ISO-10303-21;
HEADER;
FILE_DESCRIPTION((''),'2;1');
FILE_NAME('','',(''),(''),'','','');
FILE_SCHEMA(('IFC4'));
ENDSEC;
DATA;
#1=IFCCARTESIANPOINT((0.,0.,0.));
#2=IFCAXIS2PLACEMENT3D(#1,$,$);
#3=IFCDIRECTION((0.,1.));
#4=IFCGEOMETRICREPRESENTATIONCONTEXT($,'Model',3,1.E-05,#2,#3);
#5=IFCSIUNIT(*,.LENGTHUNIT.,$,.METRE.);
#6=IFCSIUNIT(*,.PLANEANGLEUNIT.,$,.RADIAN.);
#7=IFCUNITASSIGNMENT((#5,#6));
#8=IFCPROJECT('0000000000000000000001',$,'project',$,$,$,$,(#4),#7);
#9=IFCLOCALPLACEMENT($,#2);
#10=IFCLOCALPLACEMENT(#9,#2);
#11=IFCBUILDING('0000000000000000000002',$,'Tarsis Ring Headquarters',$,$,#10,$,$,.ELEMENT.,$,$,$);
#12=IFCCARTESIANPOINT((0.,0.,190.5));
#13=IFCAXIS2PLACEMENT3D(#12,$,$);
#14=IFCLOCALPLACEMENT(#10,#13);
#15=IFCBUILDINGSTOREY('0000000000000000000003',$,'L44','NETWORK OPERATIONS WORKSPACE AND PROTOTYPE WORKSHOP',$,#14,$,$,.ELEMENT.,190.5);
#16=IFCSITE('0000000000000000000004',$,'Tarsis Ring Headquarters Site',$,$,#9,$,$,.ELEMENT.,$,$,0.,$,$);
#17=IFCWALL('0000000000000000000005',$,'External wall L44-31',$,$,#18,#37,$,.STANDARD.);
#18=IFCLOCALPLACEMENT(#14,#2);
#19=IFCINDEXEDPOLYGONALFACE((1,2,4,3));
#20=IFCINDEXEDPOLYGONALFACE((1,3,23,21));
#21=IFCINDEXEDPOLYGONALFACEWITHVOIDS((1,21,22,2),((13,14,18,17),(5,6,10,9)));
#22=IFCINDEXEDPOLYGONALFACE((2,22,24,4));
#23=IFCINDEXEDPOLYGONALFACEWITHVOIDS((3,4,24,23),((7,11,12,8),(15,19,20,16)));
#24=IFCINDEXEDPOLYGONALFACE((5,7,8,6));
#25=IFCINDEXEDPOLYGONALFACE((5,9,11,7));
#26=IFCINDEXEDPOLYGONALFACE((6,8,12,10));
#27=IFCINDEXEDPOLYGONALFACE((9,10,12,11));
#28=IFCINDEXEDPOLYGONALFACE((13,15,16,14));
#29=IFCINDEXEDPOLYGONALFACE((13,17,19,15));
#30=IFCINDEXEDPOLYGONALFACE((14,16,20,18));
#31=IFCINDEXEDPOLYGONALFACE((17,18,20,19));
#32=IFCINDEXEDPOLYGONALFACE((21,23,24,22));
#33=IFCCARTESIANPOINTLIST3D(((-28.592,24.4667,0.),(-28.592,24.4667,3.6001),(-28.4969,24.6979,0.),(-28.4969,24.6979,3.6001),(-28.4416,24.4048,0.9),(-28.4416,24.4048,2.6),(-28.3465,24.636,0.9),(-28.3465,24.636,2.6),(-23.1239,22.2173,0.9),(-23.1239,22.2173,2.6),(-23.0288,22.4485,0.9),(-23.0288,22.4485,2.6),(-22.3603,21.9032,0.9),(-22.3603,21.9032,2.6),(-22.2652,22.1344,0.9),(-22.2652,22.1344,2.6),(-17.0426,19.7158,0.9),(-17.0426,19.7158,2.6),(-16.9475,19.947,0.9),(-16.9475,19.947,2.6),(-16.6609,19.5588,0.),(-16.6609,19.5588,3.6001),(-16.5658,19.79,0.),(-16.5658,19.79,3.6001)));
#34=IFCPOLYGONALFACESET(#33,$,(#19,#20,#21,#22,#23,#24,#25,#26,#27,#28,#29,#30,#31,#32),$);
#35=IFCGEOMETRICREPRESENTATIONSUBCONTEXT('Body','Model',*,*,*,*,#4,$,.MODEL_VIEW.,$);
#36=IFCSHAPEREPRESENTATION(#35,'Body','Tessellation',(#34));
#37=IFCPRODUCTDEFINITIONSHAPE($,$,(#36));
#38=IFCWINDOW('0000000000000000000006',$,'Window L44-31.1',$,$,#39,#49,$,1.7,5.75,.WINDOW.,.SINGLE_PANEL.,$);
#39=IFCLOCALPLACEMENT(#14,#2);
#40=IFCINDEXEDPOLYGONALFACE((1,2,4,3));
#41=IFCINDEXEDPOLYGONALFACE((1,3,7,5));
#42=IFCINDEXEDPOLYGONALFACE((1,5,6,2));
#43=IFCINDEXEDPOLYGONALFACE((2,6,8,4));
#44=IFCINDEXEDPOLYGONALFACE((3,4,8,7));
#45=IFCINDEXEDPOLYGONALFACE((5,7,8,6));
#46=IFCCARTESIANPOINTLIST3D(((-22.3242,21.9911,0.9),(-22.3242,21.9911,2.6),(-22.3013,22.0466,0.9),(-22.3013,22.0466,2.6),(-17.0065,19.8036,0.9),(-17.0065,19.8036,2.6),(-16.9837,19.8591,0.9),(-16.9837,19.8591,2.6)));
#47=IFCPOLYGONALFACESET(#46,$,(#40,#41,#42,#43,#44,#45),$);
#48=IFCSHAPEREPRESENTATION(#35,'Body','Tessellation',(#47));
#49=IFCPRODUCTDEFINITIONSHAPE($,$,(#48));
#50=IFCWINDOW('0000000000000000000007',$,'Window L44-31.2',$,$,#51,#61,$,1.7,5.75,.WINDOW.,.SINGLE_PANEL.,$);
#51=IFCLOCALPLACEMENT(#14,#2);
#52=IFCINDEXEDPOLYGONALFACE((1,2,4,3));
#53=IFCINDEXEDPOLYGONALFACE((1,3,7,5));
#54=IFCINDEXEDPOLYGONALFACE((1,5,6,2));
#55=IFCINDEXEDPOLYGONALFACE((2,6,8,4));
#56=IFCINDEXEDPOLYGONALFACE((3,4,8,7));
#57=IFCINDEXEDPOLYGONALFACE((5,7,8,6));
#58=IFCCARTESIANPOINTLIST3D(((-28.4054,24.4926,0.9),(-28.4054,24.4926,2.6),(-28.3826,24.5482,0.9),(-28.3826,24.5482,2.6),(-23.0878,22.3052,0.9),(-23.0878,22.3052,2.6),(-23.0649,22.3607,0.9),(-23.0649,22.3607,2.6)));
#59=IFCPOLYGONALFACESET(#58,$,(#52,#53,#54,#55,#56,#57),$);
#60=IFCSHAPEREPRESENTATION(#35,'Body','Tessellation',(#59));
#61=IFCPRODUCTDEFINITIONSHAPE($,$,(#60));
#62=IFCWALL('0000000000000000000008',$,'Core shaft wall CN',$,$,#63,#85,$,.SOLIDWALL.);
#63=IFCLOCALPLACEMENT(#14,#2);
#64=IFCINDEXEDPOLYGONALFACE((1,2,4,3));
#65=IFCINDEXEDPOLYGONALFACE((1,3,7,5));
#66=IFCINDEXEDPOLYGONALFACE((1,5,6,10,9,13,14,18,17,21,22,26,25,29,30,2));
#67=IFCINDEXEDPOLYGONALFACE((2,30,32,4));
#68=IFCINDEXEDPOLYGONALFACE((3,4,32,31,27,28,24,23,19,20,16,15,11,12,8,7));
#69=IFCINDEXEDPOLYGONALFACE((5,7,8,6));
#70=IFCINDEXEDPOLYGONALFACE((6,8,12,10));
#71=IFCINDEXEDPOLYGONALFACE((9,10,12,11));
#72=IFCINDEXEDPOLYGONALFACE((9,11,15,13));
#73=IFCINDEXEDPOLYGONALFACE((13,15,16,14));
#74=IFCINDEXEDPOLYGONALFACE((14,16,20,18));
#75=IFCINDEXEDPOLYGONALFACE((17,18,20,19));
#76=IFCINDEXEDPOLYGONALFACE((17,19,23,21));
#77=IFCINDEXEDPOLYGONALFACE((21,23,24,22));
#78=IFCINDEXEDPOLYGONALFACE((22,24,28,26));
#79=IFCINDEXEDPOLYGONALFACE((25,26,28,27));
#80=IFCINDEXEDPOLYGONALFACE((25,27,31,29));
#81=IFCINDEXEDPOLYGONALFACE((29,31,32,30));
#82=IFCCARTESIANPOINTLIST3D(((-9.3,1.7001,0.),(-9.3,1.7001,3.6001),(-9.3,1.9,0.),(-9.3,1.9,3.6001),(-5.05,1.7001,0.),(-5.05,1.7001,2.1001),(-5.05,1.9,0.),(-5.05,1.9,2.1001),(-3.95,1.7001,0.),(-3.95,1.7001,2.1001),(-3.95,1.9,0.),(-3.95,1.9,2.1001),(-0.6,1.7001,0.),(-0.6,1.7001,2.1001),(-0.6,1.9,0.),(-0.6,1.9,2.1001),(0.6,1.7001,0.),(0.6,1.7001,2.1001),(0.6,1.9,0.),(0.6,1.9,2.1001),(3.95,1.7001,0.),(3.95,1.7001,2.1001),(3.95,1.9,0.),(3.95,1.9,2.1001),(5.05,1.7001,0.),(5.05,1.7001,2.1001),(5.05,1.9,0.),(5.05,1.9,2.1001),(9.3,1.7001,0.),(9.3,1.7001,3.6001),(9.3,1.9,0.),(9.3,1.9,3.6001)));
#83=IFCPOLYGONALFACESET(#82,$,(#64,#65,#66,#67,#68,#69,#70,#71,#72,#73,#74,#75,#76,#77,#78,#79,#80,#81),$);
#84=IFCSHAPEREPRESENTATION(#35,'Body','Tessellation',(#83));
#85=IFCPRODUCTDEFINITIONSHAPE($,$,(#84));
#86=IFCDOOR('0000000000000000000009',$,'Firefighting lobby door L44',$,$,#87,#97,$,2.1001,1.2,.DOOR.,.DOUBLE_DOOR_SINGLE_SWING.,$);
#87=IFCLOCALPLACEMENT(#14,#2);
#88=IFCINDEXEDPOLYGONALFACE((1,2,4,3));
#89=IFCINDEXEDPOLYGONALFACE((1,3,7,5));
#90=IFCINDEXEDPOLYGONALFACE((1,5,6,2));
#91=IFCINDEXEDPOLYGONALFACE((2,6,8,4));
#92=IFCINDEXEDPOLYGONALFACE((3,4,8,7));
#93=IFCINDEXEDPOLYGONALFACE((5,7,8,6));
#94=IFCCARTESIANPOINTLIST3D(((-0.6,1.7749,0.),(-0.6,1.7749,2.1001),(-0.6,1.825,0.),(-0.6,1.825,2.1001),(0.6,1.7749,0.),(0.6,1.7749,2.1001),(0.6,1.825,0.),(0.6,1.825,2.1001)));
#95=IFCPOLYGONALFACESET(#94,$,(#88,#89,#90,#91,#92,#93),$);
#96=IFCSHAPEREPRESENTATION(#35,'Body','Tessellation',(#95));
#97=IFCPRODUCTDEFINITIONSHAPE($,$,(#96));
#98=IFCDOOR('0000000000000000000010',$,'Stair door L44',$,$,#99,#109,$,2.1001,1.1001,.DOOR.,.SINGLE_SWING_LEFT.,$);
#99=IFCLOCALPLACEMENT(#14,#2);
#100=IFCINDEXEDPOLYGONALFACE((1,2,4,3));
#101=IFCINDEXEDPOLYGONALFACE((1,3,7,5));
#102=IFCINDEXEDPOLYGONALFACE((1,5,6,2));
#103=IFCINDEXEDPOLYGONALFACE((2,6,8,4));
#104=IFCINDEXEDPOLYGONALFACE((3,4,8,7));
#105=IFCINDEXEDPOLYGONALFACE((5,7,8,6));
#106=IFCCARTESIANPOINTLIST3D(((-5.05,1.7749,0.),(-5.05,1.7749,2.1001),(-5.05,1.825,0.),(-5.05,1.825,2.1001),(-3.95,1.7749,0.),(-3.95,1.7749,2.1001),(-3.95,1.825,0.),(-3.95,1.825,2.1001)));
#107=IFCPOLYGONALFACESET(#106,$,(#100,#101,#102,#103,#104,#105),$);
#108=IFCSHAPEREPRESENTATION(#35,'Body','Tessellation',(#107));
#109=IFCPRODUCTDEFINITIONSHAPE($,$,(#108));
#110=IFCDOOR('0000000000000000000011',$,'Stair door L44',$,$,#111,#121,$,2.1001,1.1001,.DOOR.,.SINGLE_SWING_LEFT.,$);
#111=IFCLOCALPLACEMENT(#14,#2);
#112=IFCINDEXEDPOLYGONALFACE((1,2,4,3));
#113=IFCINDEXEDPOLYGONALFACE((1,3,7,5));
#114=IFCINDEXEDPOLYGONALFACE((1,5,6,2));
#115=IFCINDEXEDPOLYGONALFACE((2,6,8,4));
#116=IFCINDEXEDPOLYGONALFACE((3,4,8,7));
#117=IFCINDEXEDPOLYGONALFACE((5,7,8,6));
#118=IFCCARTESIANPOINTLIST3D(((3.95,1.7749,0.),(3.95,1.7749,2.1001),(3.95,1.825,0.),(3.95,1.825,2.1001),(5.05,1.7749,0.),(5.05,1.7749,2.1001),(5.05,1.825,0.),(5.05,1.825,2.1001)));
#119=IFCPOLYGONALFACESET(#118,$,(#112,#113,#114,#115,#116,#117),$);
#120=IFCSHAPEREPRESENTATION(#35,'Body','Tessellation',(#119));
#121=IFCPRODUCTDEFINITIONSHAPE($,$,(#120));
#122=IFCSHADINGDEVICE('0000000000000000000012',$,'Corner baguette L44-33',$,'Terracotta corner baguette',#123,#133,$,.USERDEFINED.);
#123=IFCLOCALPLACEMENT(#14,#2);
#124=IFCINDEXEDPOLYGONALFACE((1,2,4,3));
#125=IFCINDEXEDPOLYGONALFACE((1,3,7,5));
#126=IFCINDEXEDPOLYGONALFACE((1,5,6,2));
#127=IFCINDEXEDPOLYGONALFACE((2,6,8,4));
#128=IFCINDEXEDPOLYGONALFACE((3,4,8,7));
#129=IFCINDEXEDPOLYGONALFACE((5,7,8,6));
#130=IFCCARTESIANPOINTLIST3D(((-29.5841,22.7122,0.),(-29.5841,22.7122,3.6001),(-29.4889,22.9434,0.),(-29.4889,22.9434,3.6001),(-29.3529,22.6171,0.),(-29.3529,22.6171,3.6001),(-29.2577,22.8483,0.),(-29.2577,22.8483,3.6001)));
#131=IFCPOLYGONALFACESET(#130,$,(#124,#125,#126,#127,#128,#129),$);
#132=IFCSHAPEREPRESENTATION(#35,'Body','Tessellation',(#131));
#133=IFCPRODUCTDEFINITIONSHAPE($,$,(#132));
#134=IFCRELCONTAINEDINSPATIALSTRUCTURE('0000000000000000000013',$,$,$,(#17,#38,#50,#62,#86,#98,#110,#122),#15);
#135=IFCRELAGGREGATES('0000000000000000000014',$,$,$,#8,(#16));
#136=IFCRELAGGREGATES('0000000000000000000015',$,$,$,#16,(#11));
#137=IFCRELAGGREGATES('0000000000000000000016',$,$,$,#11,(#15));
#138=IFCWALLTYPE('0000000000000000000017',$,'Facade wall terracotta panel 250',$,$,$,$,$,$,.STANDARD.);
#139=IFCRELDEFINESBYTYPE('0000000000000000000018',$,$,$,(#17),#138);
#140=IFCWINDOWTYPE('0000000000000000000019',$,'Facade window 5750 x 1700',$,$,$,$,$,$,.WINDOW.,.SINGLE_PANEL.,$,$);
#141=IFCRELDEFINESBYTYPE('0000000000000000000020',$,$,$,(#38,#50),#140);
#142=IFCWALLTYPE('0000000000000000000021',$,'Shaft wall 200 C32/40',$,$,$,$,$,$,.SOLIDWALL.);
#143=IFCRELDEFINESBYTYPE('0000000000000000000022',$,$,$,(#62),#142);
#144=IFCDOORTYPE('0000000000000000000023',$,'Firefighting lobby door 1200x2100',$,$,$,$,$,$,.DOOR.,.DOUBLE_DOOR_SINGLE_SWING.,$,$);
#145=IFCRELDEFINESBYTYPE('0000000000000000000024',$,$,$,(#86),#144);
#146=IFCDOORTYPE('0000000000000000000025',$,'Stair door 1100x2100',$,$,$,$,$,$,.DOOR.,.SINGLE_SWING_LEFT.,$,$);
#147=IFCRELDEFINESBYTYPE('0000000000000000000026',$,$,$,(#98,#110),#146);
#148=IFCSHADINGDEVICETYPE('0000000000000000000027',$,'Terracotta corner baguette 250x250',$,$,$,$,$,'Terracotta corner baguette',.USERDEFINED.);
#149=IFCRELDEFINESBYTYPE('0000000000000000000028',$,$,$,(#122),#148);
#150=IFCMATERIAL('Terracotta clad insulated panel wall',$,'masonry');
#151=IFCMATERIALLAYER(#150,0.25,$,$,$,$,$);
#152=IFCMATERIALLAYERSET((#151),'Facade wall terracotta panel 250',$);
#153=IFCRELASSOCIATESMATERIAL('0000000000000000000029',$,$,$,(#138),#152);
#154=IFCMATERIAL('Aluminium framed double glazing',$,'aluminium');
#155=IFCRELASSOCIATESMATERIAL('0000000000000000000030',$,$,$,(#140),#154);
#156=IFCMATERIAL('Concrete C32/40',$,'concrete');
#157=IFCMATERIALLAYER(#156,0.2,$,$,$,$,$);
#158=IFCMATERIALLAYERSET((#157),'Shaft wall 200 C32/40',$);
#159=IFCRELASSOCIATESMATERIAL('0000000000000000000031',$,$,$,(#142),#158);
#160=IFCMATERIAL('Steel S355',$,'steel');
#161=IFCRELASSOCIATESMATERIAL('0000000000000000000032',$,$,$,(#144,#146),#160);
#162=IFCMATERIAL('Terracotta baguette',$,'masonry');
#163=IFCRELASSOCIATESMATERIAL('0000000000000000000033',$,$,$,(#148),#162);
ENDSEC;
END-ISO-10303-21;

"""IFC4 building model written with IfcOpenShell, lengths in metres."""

from ifc_helpers import new_model, si_unit, direction, frame, frame_2d, origin, origin_2d, place, context, subcontext, project, spatial, rectangle, extrude, material, layer, layer_set, type_object, element, fill, save


model = new_model("IFC4")

# Units and contexts
model_context = context("Model", 3, precision=1e-05, world=origin(), true_north=direction((0.0, 1.0)))
body_context = subcontext(model_context, "Body", "Model", "MODEL_VIEW")
ifc_project = project(units=[si_unit("LENGTHUNIT", "METRE"), si_unit("PLANEANGLEUNIT", "RADIAN")], contexts=[model_context])

# Site, building, storey
site_placement = place(None, origin())
site = spatial("IfcSite", under=ifc_project, at=site_placement, Name="Tarsis Ring Headquarters Site", CompositionType="ELEMENT", RefElevation=0.0)
building_placement = place(site_placement, origin())
building = spatial("IfcBuilding", under=site, at=building_placement, Name="Tarsis Ring Headquarters", CompositionType="ELEMENT")
storey_placement = place(building_placement, frame((0.0, 0.0, 190.5)))
storey = spatial("IfcBuildingStorey", under=building, at=storey_placement, Name="L44", Description="NETWORK OPERATIONS WORKSPACE AND PROTOTYPE WORKSHOP", CompositionType="ELEMENT", Elevation=190.5)

# Shared definitions
ifc_material_1 = material(Name="Steel S355", Category="steel")

# Shared definitions
ifc_material_2 = material(Name="Terracotta clad insulated panel wall", Category="masonry")
ifc_layer_1 = layer(ifc_material_2, 0.25)
ifc_layer_set_1 = layer_set([ifc_layer_1], Name="Facade wall terracotta panel 250")
wall_type_1 = type_object("IfcWallType", Name="Facade wall terracotta panel 250", PredefinedType="STANDARD", material=ifc_layer_set_1)
ifc_material_3 = material(Name="Aluminium framed double glazing", Category="aluminium")

# Wall, openings, windows
wall_1_placement = place(storey_placement, frame((-16.6133, 19.6743, 0.0), z_axis=(0.0, 0.0, 1.0), x_axis=(-0.924811, 0.380427, 0.0)))
wall_1 = element("IfcWall", 1, at=wall_1_placement, inside=storey, type_object=wall_type_1, Name="External wall L44-31", PredefinedType="STANDARD", context=body_context, shape_type="SweptSolid", body=[
    extrude(rectangle(XDim=12.9011, YDim=0.25, at=frame_2d((6.4507, 0.0))), origin(), (0.0, 0.0, 1.0), 3.6001),
])
opening_1_placement = place(wall_1_placement, frame((0.4128, 0.0, 0.8999)))
opening_1 = element("IfcOpeningElement", 2, at=opening_1_placement, cuts=wall_1, PredefinedType="OPENING", context=body_context, shape_type="SweptSolid", body=[
    extrude(rectangle(XDim=5.75, YDim=1.7, at=frame_2d((2.875, 0.8501))), frame((0.0, 0.135, 0.0), z_axis=(0.0, -1.0, 0.0), x_axis=(1.0, 0.0, 0.0)), (0.0, 0.0, 1.0), 0.27),
])
opening_2_placement = place(wall_1_placement, frame((6.9885, 0.0, 0.8999)))
opening_2 = element("IfcOpeningElement", 3, at=opening_2_placement, cuts=wall_1, PredefinedType="OPENING", context=body_context, shape_type="SweptSolid", body=[
    extrude(rectangle(XDim=5.75, YDim=1.7, at=frame_2d((2.875, 0.8501))), frame((0.0, 0.135, 0.0), z_axis=(0.0, -1.0, 0.0), x_axis=(1.0, 0.0, 0.0)), (0.0, 0.0, 1.0), 0.27),
])
window_type_1 = type_object("IfcWindowType", Name="Facade window 5750 x 1700", PartitioningType="SINGLE_PANEL", PredefinedType="WINDOW", material=ifc_material_3)
window_1_placement = place(opening_1_placement, origin())
window_1 = element("IfcWindow", 4, at=window_1_placement, inside=storey, type_object=window_type_1, Name="Window L44-31.1", OverallHeight=1.7, OverallWidth=5.75, PartitioningType="SINGLE_PANEL", PredefinedType="WINDOW", context=body_context, shape_type="SweptSolid", body=[
    extrude(rectangle(XDim=5.75, YDim=1.7, at=frame_2d((2.875, 0.8501))), frame((0.0, 0.03, 0.0), z_axis=(0.0, -1.0, 0.0), x_axis=(1.0, 0.0, 0.0)), (0.0, 0.0, 1.0), 0.0601),
])
fill(opening_1, window_1)
window_2_placement = place(opening_2_placement, origin())
window_2 = element("IfcWindow", 5, at=window_2_placement, inside=storey, type_object=window_type_1, Name="Window L44-31.2", OverallHeight=1.7, OverallWidth=5.75, PartitioningType="SINGLE_PANEL", PredefinedType="WINDOW", context=body_context, shape_type="SweptSolid", body=[
    extrude(rectangle(XDim=5.75, YDim=1.7, at=frame_2d((2.875, 0.8501))), frame((0.0, 0.03, 0.0), z_axis=(0.0, -1.0, 0.0), x_axis=(1.0, 0.0, 0.0)), (0.0, 0.0, 1.0), 0.0601),
])
fill(opening_2, window_2)

# Wall, openings, doors
ifc_material_4 = material(Name="Concrete C32/40", Category="concrete")
ifc_layer_2 = layer(ifc_material_4, 0.2)
ifc_layer_set_2 = layer_set([ifc_layer_2], Name="Shaft wall 200 C32/40")
wall_type_2 = type_object("IfcWallType", Name="Shaft wall 200 C32/40", PredefinedType="SOLIDWALL", material=ifc_layer_set_2)
wall_2_placement = place(storey_placement, frame((-9.3, 1.8, 0.0), z_axis=(0.0, 0.0, 1.0), x_axis=(1.0, 0.0, 0.0)))
wall_2 = element("IfcWall", 6, at=wall_2_placement, inside=storey, type_object=wall_type_2, Name="Core shaft wall CN", PredefinedType="SOLIDWALL", context=body_context, shape_type="SweptSolid", body=[
    extrude(rectangle(XDim=18.6001, YDim=0.2, at=frame_2d((9.3, 0.0))), origin(), (0.0, 0.0, 1.0), 3.6001),
])
opening_3_placement = place(wall_2_placement, frame((4.25, 0.0, 0.0)))
opening_3 = element("IfcOpeningElement", 7, at=opening_3_placement, cuts=wall_2, PredefinedType="OPENING", context=body_context, shape_type="SweptSolid", body=[
    extrude(rectangle(XDim=1.1001, YDim=2.1001, at=frame_2d((0.55, 1.05))), frame((0.0, 0.1099, 0.0), z_axis=(0.0, -1.0, 0.0), x_axis=(1.0, 0.0, 0.0)), (0.0, 0.0, 1.0), 0.22),
])
opening_4_placement = place(wall_2_placement, frame((8.7, 0.0, 0.0)))
opening_4 = element("IfcOpeningElement", 8, at=opening_4_placement, cuts=wall_2, PredefinedType="OPENING", context=body_context, shape_type="SweptSolid", body=[
    extrude(rectangle(XDim=1.2, YDim=2.1001, at=frame_2d((0.6001, 1.05))), frame((0.0, 0.1099, 0.0), z_axis=(0.0, -1.0, 0.0), x_axis=(1.0, 0.0, 0.0)), (0.0, 0.0, 1.0), 0.22),
])
opening_5_placement = place(wall_2_placement, frame((13.25, 0.0, 0.0)))
opening_5 = element("IfcOpeningElement", 9, at=opening_5_placement, cuts=wall_2, PredefinedType="OPENING", context=body_context, shape_type="SweptSolid", body=[
    extrude(rectangle(XDim=1.1001, YDim=2.1001, at=frame_2d((0.55, 1.05))), frame((0.0, 0.1099, 0.0), z_axis=(0.0, -1.0, 0.0), x_axis=(1.0, 0.0, 0.0)), (0.0, 0.0, 1.0), 0.22),
])
door_type_1 = type_object("IfcDoorType", Name="Firefighting lobby door 1200x2100", OperationType="DOUBLE_DOOR_SINGLE_SWING", PredefinedType="DOOR", material=ifc_material_1)
door_1_placement = place(opening_4_placement, origin())
door_1 = element("IfcDoor", 10, at=door_1_placement, inside=storey, type_object=door_type_1, Name="Firefighting lobby door L44", OperationType="DOUBLE_DOOR_SINGLE_SWING", OverallHeight=2.1001, OverallWidth=1.2, PredefinedType="DOOR", context=body_context, shape_type="SweptSolid", body=[
    extrude(rectangle(XDim=1.2, YDim=2.1001, at=frame_2d((0.6001, 1.05))), frame((0.0, 0.0249, 0.0), z_axis=(0.0, -1.0, 0.0), x_axis=(1.0, 0.0, 0.0)), (0.0, 0.0, 1.0), 0.05),
])
fill(opening_4, door_1)
door_type_2 = type_object("IfcDoorType", Name="Stair door 1100x2100", OperationType="SINGLE_SWING_LEFT", PredefinedType="DOOR", material=ifc_material_1)
door_2_placement = place(opening_3_placement, origin())
door_2 = element("IfcDoor", 11, at=door_2_placement, inside=storey, type_object=door_type_2, Name="Stair door L44", OperationType="SINGLE_SWING_LEFT", OverallHeight=2.1001, OverallWidth=1.1001, PredefinedType="DOOR", context=body_context, shape_type="SweptSolid", body=[
    extrude(rectangle(XDim=1.1001, YDim=2.1001, at=frame_2d((0.55, 1.05))), frame((0.0, 0.0249, 0.0), z_axis=(0.0, -1.0, 0.0), x_axis=(1.0, 0.0, 0.0)), (0.0, 0.0, 1.0), 0.05),
])
fill(opening_3, door_2)
door_3_placement = place(opening_5_placement, origin())
door_3 = element("IfcDoor", 12, at=door_3_placement, inside=storey, type_object=door_type_2, Name="Stair door L44", OperationType="SINGLE_SWING_LEFT", OverallHeight=2.1001, OverallWidth=1.1001, PredefinedType="DOOR", context=body_context, shape_type="SweptSolid", body=[
    extrude(rectangle(XDim=1.1001, YDim=2.1001, at=frame_2d((0.55, 1.05))), frame((0.0, 0.0249, 0.0), z_axis=(0.0, -1.0, 0.0), x_axis=(1.0, 0.0, 0.0)), (0.0, 0.0, 1.0), 0.05),
])
fill(opening_5, door_3)

# Shading device
ifc_material_5 = material(Name="Terracotta baguette", Category="masonry")
shading_device_type = type_object("IfcShadingDeviceType", Name="Terracotta corner baguette 250x250", ElementType="Terracotta corner baguette", PredefinedType="USERDEFINED", material=ifc_material_5)
shading_device_placement = place(storey_placement, frame((-29.4209, 22.7803, 0.0), z_axis=(0.0, 0.0, 1.0), x_axis=(-0.380425, -0.924812, 0.0)))
element("IfcShadingDevice", 13, at=shading_device_placement, inside=storey, type_object=shading_device_type, Name="Corner baguette L44-33", ObjectType="Terracotta corner baguette", PredefinedType="USERDEFINED", context=body_context, shape_type="SweptSolid", body=[
    extrude(rectangle(XDim=0.25, YDim=0.25, at=origin_2d()), origin(), (0.0, 0.0, 1.0), 3.6001),
])

save(model, "model.ifc")
